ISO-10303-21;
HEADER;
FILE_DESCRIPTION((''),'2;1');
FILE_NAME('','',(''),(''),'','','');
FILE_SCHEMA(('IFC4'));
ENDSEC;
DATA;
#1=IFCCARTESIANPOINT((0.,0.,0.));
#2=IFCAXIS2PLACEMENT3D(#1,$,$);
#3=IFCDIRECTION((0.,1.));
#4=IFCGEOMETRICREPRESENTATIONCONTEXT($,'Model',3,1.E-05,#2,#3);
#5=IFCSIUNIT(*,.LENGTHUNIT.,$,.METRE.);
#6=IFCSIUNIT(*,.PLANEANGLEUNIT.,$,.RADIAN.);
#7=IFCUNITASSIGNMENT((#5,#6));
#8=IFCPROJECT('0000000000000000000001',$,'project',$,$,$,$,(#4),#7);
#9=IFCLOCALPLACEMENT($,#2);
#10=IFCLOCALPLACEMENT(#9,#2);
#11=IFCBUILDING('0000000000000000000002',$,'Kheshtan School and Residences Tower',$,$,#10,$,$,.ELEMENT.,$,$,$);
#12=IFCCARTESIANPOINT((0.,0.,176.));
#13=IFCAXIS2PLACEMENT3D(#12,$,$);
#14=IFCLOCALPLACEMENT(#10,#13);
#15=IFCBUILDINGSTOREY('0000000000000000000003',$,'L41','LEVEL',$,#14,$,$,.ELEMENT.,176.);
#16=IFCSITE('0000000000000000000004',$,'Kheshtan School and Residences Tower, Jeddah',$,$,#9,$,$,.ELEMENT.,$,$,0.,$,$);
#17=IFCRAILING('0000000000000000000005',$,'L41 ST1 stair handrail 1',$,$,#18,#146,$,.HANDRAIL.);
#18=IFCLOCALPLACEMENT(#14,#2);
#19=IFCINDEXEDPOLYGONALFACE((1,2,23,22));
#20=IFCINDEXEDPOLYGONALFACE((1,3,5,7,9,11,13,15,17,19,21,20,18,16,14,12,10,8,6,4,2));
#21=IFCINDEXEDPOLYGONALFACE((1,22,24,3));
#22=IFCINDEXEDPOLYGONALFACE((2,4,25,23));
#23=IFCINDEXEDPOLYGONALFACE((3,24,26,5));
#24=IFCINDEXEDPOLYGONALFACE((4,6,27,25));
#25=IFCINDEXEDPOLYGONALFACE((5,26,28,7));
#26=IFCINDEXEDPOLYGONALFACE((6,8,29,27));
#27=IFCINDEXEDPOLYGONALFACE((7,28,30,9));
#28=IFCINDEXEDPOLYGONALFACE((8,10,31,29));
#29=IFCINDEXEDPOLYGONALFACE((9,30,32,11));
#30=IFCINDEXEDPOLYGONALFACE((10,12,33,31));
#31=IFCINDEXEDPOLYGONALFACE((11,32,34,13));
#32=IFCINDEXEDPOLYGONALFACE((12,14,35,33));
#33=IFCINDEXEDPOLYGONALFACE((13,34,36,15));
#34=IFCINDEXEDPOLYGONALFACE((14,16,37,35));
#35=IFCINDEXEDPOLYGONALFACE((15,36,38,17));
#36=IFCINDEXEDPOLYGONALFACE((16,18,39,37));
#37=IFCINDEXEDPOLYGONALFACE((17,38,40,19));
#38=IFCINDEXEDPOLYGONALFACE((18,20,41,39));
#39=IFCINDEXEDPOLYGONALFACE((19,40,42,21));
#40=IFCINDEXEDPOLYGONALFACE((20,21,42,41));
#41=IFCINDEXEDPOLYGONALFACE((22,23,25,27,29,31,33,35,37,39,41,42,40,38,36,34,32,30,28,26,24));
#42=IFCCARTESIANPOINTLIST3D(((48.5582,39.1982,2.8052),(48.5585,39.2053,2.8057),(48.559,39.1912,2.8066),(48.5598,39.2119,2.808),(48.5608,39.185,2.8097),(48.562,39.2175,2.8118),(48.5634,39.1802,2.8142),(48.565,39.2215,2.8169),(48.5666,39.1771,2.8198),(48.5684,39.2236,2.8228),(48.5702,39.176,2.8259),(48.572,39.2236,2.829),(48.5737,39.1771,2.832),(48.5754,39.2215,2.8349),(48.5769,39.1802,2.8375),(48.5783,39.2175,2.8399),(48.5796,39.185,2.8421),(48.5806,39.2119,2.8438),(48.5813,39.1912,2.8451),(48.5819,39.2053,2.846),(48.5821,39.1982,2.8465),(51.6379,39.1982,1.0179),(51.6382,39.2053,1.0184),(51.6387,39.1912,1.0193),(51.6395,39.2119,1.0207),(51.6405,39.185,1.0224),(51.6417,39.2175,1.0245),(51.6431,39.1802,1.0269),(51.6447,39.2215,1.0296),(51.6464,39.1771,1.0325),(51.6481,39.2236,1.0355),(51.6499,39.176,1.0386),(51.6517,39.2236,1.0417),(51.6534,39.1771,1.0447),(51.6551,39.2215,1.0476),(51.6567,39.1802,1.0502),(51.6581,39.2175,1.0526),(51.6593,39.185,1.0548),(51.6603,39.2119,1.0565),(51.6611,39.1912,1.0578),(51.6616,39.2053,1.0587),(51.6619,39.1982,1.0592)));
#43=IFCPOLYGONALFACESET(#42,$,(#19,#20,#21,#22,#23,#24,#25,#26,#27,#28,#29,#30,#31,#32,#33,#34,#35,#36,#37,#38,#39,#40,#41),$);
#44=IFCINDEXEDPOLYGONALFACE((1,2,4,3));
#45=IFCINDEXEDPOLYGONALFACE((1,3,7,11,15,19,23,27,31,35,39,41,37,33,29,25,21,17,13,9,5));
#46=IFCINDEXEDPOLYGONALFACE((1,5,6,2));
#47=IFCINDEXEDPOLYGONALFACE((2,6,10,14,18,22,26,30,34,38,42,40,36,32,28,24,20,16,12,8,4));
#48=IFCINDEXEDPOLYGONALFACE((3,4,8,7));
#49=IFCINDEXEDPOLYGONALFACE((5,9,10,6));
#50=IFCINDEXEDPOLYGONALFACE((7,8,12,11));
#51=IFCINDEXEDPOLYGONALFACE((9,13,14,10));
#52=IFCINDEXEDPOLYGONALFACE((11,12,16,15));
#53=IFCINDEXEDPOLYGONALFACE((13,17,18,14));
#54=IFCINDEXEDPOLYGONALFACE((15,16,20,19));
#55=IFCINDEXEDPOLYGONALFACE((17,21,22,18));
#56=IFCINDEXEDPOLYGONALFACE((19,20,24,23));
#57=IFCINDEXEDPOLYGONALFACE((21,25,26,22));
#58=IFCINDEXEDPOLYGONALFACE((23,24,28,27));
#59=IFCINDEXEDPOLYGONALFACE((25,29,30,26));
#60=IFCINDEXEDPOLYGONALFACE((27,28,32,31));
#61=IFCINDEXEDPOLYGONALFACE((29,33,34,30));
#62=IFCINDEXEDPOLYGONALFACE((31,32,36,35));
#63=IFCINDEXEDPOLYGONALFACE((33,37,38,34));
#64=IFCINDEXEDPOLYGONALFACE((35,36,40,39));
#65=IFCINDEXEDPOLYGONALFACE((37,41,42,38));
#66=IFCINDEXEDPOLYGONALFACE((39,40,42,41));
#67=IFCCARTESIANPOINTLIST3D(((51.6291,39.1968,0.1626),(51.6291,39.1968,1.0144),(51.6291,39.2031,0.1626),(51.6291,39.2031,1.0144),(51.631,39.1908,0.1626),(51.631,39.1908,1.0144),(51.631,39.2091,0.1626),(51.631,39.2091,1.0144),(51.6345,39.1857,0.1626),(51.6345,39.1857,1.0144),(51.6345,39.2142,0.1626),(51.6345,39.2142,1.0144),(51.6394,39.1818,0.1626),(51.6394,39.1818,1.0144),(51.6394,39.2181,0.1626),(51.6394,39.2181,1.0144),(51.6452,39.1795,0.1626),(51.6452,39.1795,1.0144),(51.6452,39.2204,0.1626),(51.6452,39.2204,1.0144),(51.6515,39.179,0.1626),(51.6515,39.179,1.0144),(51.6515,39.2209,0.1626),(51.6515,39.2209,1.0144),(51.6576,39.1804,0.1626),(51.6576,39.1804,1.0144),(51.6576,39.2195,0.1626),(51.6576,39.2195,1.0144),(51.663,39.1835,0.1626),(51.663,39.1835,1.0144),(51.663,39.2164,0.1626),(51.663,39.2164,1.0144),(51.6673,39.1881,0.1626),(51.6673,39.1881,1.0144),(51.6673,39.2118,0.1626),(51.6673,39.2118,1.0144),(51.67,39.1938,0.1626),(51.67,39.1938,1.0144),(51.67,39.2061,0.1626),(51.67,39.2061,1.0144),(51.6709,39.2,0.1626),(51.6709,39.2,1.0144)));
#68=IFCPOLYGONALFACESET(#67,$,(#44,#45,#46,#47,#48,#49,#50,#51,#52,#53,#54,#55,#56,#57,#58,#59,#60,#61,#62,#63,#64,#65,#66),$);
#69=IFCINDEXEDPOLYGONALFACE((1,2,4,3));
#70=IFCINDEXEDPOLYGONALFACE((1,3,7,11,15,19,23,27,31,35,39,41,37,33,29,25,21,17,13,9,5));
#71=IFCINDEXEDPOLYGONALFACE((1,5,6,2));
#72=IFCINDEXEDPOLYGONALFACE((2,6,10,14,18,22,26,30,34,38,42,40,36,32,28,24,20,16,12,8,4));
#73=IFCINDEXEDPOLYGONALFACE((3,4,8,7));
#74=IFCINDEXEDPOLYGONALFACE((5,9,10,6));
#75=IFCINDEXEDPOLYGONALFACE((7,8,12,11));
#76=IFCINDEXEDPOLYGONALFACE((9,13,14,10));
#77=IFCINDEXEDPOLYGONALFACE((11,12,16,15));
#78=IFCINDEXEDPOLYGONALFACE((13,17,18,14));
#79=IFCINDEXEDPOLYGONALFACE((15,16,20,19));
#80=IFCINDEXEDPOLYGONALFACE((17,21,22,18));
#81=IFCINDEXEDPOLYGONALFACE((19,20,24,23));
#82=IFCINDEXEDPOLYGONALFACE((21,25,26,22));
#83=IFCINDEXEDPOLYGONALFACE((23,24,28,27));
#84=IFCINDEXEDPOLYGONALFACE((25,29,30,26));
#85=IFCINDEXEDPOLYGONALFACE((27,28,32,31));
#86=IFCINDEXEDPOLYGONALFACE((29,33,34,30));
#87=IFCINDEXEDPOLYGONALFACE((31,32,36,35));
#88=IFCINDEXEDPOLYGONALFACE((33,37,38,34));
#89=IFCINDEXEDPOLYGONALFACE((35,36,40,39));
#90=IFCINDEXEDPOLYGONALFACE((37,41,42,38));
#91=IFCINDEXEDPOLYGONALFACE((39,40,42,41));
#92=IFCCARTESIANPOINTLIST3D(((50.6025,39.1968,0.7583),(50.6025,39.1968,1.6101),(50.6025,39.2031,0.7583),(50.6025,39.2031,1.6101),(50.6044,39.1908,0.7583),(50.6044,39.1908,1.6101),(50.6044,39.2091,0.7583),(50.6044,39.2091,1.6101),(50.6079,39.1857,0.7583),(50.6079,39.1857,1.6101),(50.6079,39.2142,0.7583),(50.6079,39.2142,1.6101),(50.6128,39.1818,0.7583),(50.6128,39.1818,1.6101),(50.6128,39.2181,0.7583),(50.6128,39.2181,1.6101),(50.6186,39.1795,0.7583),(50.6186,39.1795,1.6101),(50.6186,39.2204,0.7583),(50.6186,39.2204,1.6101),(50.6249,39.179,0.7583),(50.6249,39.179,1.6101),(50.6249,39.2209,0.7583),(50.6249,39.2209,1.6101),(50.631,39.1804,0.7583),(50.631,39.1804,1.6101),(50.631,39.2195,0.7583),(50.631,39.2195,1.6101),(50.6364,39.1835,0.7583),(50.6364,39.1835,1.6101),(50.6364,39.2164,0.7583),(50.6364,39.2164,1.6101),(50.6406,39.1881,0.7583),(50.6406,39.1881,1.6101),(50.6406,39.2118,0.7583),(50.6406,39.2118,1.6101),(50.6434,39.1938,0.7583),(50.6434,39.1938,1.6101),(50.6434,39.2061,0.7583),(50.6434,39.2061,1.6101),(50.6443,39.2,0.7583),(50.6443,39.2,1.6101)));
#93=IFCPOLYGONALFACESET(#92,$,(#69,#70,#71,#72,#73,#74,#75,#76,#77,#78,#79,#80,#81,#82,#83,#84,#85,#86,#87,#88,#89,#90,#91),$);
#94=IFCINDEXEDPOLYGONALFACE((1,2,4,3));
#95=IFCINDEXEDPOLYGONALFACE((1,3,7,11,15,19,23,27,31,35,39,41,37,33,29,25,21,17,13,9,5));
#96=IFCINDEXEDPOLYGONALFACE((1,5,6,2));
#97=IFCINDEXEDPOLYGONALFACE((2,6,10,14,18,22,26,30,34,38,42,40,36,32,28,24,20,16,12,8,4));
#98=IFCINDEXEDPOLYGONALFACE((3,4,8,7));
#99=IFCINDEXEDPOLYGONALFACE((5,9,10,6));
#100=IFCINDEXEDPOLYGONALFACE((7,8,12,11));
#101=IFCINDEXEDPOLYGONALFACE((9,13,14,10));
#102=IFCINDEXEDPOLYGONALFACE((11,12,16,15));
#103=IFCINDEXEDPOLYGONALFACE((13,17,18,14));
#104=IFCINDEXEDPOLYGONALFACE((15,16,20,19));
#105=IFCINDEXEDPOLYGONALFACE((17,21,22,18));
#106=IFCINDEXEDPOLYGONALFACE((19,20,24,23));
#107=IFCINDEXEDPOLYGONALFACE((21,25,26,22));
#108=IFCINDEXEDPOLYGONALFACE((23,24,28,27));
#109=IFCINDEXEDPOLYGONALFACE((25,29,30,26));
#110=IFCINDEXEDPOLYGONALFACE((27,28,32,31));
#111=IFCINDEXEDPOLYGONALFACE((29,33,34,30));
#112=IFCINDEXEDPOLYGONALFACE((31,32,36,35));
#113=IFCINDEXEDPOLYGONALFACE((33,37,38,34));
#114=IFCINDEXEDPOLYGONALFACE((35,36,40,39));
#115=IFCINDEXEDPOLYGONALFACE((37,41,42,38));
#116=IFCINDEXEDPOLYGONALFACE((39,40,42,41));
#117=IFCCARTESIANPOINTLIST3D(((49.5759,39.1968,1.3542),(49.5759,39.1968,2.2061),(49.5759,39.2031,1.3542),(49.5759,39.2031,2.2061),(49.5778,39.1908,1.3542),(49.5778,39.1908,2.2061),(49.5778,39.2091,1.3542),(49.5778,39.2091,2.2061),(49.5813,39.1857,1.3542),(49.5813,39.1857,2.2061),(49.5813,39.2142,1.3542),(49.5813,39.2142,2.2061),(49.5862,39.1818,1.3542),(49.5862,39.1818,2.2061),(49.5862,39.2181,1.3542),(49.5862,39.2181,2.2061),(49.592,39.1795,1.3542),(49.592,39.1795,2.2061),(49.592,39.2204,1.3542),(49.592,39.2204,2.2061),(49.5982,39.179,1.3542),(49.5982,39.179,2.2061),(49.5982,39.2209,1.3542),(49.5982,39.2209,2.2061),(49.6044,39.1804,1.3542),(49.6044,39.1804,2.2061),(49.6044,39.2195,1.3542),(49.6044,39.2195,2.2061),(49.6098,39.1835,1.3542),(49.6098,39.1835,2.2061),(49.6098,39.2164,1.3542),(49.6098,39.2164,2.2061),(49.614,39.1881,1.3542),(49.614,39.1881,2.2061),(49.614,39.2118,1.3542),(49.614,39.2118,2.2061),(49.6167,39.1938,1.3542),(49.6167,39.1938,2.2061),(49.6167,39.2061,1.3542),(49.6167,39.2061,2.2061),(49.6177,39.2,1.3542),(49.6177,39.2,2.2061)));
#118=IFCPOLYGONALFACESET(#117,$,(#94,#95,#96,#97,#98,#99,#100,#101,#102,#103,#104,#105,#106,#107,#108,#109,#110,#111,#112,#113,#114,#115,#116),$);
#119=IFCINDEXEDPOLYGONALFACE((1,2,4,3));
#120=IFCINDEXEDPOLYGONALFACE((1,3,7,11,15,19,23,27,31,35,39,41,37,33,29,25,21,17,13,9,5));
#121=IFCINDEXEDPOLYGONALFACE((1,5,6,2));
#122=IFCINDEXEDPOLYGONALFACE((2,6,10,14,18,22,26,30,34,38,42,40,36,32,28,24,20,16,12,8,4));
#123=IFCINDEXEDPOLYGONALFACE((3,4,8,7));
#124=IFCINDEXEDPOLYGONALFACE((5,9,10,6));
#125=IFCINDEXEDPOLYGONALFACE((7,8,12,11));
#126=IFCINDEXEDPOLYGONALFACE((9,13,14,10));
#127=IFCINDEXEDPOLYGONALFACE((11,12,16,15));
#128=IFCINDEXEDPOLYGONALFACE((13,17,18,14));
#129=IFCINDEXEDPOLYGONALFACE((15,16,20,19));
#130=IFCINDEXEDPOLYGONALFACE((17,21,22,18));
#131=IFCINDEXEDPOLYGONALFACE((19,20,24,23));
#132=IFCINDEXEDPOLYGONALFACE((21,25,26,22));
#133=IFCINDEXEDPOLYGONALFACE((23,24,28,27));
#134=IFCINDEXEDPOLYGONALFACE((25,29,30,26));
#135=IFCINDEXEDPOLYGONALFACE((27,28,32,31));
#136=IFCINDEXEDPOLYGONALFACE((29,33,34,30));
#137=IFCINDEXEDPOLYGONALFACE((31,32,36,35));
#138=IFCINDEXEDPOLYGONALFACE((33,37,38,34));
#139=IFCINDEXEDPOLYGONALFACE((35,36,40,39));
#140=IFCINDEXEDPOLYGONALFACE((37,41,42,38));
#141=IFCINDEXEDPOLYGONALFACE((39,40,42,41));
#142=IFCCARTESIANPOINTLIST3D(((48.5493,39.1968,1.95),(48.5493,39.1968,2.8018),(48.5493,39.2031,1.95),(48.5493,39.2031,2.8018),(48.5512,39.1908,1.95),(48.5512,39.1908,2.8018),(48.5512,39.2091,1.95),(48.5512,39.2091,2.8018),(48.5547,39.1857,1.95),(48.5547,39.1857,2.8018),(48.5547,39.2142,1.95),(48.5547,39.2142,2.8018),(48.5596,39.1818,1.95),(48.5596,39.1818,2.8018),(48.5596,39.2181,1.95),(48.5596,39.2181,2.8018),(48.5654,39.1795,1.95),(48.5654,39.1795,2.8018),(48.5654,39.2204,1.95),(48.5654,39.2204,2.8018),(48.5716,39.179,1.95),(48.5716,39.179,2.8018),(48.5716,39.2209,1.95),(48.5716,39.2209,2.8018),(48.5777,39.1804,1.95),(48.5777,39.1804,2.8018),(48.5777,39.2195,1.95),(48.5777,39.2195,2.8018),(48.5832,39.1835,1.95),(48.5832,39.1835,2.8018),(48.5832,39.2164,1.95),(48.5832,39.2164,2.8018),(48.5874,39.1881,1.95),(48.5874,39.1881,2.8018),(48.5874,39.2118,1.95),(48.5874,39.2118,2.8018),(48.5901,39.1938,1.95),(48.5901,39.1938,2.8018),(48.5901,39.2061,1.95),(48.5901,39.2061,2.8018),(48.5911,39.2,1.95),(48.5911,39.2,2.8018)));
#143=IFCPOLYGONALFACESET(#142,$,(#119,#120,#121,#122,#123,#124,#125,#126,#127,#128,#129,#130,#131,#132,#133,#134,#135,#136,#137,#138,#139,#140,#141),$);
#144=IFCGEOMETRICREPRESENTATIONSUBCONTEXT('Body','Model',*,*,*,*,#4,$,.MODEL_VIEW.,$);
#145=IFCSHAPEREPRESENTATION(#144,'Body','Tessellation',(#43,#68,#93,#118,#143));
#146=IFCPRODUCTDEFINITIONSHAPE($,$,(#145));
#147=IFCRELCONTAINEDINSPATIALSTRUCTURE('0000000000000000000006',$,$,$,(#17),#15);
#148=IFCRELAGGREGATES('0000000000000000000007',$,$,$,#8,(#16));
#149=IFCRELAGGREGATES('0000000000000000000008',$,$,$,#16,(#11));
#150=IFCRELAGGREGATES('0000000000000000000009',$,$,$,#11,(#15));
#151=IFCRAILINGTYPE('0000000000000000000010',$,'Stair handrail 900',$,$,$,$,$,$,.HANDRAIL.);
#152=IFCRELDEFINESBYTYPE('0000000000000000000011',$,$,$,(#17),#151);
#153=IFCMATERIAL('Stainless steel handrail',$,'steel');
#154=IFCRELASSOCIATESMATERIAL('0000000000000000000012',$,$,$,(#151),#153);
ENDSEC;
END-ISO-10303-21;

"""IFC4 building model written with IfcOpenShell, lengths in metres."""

from ifc_helpers import new_model, si_unit, direction, frame, origin, origin_2d, place, context, subcontext, project, spatial, circle, extrude, material, type_object, element, save


model = new_model("IFC4")

# Units and contexts
model_context = context("Model", 3, precision=1e-05, world=origin(), true_north=direction((0.0, 1.0)))
body_context = subcontext(model_context, "Body", "Model", "MODEL_VIEW")
ifc_project = project(units=[si_unit("LENGTHUNIT", "METRE"), si_unit("PLANEANGLEUNIT", "RADIAN")], contexts=[model_context])

# Site, building, storey
site_placement = place(None, origin())
site = spatial("IfcSite", under=ifc_project, at=site_placement, Name="Kheshtan School and Residences Tower, Jeddah", CompositionType="ELEMENT", RefElevation=0.0)
building_placement = place(site_placement, origin())
building = spatial("IfcBuilding", under=site, at=building_placement, Name="Kheshtan School and Residences Tower", CompositionType="ELEMENT")
storey_placement = place(building_placement, frame((0.0, 0.0, 176.0)))
storey = spatial("IfcBuildingStorey", under=building, at=storey_placement, Name="L41", Description="LEVEL", CompositionType="ELEMENT", Elevation=176.0)

# Railing
ifc_material_1 = material(Name="Stainless steel handrail", Category="steel")
railing_type_1 = type_object("IfcRailingType", Name="Stair handrail 900", PredefinedType="HANDRAIL", material=ifc_material_1)
railing_1_placement = place(storey_placement, frame((51.6499, 39.2, 0.1626)))
element("IfcRailing", 1, at=railing_1_placement, inside=storey, type_object=railing_type_1, Name="L41 ST1 stair handrail 1", PredefinedType="HANDRAIL", context=body_context, shape_type="SweptSolid", body=[
    extrude(circle(Radius=0.0239, at=origin_2d()), frame((0.0, 0.0, 0.876), z_axis=(-0.864903, 0.0, 0.501939), x_axis=(0.0, -1.0, 0.0)), (0.0, 0.0, 1.0), 3.5608),
    extrude(circle(Radius=0.021, at=origin_2d()), origin(), (0.0, 0.0, 1.0), 0.8518),
    extrude(circle(Radius=0.021, at=origin_2d()), frame((-1.0266, 0.0, 0.5957)), (0.0, 0.0, 1.0), 0.8518),
    extrude(circle(Radius=0.021, at=origin_2d()), frame((-2.0532, 0.0, 1.1917)), (0.0, 0.0, 1.0), 0.8518),
    extrude(circle(Radius=0.021, at=origin_2d()), frame((-3.0798, 0.0, 1.7874)), (0.0, 0.0, 1.0), 0.8518),
])

save(model, "model.ifc")
